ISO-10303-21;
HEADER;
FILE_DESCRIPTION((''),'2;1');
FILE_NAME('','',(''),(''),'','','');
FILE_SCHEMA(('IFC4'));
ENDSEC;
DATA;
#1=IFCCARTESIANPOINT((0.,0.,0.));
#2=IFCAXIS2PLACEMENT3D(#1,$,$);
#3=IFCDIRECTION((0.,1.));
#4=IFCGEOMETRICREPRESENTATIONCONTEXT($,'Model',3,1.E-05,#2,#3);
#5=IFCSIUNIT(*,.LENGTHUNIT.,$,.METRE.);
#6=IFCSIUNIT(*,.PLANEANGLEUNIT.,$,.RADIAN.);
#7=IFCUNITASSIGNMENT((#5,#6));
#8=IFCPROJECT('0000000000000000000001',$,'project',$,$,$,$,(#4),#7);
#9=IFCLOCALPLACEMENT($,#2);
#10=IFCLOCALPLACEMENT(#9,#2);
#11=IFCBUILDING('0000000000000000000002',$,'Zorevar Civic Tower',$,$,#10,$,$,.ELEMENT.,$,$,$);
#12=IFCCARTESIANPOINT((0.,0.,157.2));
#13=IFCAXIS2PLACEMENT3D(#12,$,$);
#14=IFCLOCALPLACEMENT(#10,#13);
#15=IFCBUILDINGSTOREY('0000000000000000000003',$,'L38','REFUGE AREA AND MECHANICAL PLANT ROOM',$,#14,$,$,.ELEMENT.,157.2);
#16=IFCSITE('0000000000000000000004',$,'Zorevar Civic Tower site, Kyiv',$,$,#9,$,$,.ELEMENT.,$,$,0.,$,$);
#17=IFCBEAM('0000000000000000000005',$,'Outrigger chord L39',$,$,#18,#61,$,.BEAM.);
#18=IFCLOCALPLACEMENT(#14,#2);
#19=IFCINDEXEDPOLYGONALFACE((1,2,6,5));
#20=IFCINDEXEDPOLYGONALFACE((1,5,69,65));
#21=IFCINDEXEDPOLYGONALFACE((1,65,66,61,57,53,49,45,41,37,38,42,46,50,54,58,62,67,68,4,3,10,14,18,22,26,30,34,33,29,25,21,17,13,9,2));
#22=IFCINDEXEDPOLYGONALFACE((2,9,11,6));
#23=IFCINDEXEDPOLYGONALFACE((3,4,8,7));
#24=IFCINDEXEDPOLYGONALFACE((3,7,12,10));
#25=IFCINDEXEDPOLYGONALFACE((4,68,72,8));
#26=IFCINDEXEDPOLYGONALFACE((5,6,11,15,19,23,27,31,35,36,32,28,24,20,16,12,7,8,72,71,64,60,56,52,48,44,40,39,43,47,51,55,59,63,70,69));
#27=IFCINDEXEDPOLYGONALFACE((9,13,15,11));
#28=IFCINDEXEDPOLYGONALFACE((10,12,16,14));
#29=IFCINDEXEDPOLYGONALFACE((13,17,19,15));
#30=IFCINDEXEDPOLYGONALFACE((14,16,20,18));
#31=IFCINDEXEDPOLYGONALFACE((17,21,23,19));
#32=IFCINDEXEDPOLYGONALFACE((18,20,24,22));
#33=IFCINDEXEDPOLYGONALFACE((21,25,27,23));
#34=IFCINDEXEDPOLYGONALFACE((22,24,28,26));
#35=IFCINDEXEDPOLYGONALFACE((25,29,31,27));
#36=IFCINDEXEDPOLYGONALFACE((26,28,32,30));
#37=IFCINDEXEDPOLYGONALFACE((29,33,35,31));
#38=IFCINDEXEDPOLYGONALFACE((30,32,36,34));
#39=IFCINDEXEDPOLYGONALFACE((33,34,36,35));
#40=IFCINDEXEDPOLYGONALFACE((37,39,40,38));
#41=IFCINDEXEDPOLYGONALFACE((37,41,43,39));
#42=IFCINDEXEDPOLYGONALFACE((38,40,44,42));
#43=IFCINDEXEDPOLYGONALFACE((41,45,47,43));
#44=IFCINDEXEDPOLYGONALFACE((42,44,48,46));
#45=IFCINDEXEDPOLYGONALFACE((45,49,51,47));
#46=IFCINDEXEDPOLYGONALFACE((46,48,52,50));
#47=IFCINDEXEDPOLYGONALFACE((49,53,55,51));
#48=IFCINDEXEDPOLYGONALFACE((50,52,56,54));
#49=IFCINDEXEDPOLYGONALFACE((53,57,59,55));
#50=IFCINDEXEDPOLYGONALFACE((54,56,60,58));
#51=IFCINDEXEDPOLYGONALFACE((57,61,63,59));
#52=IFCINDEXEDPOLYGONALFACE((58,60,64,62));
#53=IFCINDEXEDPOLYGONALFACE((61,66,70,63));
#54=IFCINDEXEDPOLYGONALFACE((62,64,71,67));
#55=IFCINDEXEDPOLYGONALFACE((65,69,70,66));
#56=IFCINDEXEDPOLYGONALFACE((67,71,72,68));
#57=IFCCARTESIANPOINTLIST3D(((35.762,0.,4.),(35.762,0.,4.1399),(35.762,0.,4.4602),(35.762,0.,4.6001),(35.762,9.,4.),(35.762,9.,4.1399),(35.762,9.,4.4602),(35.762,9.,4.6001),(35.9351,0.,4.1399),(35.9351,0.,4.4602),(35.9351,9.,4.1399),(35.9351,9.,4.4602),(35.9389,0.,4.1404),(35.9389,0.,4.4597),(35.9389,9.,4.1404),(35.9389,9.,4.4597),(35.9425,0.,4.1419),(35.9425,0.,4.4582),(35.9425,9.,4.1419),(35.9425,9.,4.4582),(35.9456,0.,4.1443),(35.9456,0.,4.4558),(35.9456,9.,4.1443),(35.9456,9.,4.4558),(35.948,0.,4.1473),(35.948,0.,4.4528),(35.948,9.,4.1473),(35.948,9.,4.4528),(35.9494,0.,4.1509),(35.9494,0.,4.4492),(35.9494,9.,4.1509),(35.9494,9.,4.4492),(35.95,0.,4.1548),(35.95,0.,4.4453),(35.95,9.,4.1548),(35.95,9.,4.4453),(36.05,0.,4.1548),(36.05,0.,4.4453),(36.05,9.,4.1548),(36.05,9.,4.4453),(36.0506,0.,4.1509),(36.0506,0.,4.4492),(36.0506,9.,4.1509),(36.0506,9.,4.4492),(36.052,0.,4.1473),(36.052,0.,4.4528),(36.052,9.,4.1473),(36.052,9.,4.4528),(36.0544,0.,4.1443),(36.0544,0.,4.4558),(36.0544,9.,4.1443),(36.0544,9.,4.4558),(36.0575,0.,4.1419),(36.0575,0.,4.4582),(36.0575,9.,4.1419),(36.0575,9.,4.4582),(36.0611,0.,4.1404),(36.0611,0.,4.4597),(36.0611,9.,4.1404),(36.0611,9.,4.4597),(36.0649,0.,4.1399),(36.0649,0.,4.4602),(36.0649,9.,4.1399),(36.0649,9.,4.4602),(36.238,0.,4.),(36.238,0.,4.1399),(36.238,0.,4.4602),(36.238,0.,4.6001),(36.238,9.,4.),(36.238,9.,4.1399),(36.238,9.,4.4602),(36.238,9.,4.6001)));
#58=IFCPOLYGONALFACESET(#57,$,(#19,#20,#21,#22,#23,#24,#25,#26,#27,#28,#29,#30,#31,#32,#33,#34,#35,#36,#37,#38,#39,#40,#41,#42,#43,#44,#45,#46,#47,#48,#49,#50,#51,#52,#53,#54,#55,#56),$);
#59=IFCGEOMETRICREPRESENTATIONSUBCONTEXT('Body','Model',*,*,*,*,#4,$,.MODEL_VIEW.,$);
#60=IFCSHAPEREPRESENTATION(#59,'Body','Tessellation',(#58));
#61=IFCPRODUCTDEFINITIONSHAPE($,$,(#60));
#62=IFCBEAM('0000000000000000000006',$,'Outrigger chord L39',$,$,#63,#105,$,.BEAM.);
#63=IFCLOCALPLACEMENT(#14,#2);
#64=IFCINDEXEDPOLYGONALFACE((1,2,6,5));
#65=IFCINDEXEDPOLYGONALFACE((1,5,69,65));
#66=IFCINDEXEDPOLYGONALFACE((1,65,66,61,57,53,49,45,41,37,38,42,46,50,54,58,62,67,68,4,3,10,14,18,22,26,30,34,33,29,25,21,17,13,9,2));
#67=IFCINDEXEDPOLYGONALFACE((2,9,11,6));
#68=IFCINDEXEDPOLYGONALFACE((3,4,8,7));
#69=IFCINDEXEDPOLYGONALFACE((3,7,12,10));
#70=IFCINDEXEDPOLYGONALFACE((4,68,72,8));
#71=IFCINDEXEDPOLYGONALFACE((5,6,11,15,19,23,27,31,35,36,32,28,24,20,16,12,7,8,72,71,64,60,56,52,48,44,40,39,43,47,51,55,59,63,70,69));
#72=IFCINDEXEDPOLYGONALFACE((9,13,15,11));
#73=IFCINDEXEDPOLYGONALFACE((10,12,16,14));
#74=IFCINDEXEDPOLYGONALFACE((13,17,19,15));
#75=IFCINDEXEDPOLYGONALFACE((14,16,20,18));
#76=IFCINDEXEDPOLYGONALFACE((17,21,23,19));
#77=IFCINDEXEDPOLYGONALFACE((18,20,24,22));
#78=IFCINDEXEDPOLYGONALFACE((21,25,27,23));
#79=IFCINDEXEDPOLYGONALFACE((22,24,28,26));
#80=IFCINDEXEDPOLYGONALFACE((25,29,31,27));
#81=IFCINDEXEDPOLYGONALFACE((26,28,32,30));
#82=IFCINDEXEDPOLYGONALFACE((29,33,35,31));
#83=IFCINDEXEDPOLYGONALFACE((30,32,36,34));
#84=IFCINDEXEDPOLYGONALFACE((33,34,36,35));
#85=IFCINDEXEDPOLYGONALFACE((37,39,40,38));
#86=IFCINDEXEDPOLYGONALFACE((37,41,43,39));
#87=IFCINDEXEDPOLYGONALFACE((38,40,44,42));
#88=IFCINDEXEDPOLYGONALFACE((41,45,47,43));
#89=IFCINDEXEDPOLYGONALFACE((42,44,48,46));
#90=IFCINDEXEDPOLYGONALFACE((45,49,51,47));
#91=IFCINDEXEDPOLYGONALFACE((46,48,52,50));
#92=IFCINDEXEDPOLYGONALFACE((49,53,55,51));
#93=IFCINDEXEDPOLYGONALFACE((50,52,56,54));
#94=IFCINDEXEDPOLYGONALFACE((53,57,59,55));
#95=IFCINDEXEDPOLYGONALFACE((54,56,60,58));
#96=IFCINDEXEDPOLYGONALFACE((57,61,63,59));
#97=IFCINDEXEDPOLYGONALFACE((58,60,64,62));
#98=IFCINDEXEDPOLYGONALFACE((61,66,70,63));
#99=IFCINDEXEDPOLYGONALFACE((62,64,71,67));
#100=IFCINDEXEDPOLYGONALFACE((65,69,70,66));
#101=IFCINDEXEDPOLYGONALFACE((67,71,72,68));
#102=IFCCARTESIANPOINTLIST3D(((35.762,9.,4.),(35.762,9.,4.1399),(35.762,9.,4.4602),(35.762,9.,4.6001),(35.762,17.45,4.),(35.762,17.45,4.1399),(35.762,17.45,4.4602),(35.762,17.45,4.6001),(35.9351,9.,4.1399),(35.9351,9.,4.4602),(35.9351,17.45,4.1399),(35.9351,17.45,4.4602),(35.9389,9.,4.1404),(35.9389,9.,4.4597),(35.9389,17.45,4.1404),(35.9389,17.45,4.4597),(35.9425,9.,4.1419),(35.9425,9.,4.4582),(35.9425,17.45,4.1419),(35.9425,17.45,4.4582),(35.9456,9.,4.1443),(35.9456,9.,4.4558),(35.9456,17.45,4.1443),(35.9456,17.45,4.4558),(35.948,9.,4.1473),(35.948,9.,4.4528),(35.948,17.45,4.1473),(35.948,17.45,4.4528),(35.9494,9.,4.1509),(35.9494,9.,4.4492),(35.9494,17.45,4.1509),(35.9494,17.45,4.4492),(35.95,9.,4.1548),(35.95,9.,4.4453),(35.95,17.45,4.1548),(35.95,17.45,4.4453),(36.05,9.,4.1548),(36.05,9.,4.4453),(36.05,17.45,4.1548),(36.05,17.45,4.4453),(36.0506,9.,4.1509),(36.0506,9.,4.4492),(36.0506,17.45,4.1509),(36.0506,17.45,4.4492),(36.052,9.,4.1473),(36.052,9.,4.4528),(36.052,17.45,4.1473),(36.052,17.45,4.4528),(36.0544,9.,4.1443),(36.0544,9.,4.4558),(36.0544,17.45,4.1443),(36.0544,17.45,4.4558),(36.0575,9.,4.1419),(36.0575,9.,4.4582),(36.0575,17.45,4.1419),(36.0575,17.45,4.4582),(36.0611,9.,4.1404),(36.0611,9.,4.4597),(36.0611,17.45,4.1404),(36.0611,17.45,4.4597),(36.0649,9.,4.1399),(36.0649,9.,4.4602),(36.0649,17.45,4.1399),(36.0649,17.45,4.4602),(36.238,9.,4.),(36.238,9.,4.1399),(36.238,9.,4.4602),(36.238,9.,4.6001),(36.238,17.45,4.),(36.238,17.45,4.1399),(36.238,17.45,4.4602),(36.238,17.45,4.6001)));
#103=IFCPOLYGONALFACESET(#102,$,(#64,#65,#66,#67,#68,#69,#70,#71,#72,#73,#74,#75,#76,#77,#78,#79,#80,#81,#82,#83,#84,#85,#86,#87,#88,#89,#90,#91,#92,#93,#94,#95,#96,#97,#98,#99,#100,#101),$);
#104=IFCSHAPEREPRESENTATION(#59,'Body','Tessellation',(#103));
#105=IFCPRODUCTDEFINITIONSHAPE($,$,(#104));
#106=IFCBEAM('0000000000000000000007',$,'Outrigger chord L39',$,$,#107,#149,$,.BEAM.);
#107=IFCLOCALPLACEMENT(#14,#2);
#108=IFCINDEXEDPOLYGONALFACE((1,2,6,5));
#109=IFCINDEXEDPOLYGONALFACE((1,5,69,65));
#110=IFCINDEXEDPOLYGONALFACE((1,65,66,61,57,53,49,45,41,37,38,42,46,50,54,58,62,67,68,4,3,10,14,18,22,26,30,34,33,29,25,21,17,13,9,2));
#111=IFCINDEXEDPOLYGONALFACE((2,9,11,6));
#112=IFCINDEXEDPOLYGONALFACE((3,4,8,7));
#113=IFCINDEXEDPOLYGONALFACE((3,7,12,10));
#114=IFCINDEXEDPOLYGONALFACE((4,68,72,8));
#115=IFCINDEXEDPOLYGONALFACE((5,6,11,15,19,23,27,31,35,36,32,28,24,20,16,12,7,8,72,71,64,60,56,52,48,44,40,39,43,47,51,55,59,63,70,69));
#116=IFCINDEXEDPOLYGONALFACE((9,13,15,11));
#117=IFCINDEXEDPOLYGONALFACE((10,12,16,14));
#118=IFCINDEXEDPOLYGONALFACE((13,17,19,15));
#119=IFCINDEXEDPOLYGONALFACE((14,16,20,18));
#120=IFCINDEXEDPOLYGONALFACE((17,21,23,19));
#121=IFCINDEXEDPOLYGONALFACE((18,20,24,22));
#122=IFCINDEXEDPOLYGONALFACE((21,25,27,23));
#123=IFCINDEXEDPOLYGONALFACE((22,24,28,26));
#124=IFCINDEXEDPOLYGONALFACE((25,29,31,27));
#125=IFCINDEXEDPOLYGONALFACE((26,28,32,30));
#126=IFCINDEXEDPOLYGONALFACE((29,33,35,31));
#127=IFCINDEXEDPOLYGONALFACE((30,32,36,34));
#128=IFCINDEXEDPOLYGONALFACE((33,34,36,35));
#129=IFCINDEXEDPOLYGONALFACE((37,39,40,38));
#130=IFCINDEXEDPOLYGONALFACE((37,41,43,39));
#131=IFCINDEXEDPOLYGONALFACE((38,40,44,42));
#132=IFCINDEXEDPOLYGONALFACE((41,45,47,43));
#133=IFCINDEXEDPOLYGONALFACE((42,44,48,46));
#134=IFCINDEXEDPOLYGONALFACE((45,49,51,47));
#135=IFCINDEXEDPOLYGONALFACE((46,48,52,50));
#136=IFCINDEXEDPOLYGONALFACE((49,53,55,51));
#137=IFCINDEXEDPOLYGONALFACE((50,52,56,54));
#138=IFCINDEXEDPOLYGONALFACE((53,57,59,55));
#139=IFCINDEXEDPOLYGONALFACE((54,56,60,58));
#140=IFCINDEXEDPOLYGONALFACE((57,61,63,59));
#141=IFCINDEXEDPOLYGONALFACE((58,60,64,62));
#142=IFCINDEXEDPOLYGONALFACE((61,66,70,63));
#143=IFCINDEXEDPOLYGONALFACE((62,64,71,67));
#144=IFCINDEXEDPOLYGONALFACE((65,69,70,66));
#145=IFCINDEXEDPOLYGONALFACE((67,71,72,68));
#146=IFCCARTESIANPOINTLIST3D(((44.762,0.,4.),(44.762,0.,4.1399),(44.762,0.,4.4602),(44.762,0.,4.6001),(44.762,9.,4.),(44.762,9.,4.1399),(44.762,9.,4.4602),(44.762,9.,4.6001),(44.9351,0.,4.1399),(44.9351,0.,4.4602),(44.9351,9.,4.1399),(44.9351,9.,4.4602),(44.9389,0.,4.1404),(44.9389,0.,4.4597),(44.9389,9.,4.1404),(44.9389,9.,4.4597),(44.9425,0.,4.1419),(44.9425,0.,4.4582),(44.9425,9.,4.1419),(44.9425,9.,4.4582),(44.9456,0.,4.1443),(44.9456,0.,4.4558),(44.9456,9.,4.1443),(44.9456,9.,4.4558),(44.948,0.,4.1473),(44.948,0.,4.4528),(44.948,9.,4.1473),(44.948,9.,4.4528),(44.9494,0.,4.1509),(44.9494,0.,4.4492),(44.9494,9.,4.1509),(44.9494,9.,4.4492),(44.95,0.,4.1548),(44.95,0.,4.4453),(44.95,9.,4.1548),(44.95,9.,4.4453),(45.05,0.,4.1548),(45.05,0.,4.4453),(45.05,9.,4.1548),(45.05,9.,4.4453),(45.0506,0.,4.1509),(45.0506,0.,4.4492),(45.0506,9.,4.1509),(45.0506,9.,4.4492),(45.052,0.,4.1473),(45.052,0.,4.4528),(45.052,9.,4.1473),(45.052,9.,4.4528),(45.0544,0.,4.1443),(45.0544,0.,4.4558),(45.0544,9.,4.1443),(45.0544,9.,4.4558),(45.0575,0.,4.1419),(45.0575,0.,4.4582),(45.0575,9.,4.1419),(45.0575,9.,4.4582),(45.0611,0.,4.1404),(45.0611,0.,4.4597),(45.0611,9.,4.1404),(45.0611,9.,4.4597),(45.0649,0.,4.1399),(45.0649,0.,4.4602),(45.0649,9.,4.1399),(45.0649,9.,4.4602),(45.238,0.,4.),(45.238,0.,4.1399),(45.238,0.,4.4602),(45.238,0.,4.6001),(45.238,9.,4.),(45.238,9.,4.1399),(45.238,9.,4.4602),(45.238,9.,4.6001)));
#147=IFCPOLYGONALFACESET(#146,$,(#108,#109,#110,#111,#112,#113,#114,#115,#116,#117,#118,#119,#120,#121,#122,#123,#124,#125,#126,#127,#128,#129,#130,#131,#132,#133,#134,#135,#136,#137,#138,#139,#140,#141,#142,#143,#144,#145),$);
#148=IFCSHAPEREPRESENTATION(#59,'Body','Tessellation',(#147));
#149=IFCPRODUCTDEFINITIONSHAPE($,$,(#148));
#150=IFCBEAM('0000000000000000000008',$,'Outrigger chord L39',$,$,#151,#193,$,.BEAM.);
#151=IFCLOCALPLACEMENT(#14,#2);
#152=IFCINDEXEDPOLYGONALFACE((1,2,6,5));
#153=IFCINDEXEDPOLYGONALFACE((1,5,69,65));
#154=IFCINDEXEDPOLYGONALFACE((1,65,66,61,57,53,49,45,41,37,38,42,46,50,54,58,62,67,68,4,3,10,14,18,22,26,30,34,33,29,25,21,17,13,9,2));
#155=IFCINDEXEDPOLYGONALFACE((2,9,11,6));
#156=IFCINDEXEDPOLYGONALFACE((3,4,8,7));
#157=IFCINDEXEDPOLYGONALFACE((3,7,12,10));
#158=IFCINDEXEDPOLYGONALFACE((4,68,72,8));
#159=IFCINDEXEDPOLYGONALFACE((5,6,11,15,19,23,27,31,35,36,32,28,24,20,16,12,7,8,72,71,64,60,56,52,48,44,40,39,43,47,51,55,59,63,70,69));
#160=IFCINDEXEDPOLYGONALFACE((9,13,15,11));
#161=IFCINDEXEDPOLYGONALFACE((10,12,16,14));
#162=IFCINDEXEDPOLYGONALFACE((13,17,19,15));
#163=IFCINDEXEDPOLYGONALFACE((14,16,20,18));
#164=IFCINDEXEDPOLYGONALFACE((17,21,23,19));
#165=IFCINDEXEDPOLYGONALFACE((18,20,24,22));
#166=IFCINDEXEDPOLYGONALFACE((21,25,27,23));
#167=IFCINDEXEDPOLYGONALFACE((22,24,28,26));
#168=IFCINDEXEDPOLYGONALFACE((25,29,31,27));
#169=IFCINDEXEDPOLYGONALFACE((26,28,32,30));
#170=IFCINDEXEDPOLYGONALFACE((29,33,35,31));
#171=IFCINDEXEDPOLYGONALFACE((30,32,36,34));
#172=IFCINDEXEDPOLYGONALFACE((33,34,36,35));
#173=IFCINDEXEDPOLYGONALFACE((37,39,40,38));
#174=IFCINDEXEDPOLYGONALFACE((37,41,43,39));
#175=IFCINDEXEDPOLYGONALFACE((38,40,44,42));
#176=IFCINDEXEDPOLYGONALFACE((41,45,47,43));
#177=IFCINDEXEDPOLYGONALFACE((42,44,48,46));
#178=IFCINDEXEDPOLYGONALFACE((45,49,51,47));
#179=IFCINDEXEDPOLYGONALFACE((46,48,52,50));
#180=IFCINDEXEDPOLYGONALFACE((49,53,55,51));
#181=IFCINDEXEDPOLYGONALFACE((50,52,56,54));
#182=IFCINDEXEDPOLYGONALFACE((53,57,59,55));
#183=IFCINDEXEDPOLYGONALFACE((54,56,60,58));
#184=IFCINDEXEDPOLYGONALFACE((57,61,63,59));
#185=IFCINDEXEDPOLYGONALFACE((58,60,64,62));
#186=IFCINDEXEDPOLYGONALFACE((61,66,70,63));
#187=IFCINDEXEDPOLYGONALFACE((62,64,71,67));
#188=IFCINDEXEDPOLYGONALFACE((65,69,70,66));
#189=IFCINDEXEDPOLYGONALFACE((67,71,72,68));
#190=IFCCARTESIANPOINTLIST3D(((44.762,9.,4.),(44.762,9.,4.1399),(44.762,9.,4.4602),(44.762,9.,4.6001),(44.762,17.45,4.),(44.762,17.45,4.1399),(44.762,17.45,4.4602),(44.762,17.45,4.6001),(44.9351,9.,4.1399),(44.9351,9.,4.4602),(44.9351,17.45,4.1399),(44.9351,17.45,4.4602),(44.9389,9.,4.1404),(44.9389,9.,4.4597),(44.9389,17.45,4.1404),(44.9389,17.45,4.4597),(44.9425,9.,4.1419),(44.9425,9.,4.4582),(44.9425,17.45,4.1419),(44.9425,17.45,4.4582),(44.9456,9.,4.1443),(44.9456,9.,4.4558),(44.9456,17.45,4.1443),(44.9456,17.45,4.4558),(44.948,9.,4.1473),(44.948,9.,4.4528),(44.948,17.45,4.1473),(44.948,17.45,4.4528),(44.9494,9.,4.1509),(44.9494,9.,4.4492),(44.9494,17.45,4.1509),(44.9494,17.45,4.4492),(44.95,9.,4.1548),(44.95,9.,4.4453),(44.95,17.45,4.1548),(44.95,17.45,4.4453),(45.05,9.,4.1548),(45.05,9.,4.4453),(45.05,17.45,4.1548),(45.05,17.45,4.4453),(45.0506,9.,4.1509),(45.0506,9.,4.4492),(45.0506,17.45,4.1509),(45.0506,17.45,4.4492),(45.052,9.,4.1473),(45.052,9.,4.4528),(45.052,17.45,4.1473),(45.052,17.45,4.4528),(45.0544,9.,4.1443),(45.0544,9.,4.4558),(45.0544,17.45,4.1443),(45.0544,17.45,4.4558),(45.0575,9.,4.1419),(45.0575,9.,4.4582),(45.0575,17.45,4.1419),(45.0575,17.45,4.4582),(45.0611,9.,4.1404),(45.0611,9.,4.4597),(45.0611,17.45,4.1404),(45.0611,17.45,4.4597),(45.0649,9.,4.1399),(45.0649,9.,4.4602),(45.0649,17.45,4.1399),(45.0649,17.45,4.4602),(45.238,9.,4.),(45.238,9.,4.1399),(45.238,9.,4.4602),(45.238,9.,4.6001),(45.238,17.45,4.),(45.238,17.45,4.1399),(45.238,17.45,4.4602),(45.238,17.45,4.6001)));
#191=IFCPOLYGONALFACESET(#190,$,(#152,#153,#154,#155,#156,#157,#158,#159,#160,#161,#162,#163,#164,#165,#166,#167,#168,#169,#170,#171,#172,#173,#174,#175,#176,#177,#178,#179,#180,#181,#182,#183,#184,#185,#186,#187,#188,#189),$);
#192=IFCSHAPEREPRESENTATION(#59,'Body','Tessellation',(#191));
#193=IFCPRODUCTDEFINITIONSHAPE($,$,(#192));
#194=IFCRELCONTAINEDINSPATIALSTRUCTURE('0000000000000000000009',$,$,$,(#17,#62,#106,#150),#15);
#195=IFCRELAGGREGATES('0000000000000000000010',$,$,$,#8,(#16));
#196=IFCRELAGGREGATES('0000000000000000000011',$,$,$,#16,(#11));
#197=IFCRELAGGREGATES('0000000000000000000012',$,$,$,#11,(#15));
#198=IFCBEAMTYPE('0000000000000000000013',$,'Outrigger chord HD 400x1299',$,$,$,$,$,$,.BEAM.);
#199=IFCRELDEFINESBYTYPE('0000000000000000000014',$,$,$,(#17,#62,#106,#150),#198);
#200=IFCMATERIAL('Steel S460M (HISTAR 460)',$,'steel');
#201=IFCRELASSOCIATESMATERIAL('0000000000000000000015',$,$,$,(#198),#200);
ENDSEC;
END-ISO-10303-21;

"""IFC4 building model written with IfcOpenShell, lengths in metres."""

from ifc_helpers import new_model, si_unit, direction, frame, origin, origin_2d, place, context, subcontext, project, spatial, i_section, extrude, material, material_profile, profile_set, type_object, element, save


model = new_model("IFC4")

# Units and contexts
model_context = context("Model", 3, precision=1e-05, world=origin(), true_north=direction((0.0, 1.0)))
body_context = subcontext(model_context, "Body", "Model", "MODEL_VIEW")
ifc_project = project(units=[si_unit("LENGTHUNIT", "METRE"), si_unit("PLANEANGLEUNIT", "RADIAN")], contexts=[model_context])

# Site, building, storey
site_placement = place(None, origin())
site = spatial("IfcSite", under=ifc_project, at=site_placement, Name="Zorevar Civic Tower site, Kyiv", CompositionType="ELEMENT", RefElevation=0.0)
building_placement = place(site_placement, origin())
building = spatial("IfcBuilding", under=site, at=building_placement, Name="Zorevar Civic Tower", CompositionType="ELEMENT")
storey_placement = place(building_placement, frame((0.0, 0.0, 157.2)))
storey = spatial("IfcBuildingStorey", under=building, at=storey_placement, Name="L38", Description="REFUGE AREA AND MECHANICAL PLANT ROOM", CompositionType="ELEMENT", Elevation=157.2)

# Beams
ifc_material_1 = material(Name="Steel S460M (HISTAR 460)", Category="steel")
ifc_material_profile_1 = material_profile(ifc_material_1, i_section(OverallWidth=0.4761, OverallDepth=0.6001, WebThickness=0.1001, FlangeThickness=0.1399, FilletRadius=0.0149, at=origin_2d()), Name="HD 400x1299")
ifc_profile_set_1 = profile_set([ifc_material_profile_1], Name="Steel S460M (HISTAR 460)")
beam_type_1 = type_object("IfcBeamType", Name="Outrigger chord HD 400x1299", PredefinedType="BEAM", material=ifc_profile_set_1)
beam_1_placement = place(storey_placement, frame((36.0, 0.0, 4.3), z_axis=(0.0, 1.0, 0.0), x_axis=(-1.0, 0.0, 0.0)))
element("IfcBeam", 1, at=beam_1_placement, inside=storey, type_object=beam_type_1, Name="Outrigger chord L39", PredefinedType="BEAM", context=body_context, shape_type="SweptSolid", body=[
    extrude(i_section(OverallWidth=0.4761, OverallDepth=0.6001, WebThickness=0.1001, FlangeThickness=0.1399, FilletRadius=0.0149, at=origin_2d()), origin(), (0.0, 0.0, 1.0), 9.0),
])
beam_2_placement = place(storey_placement, frame((36.0, 9.0, 4.3), z_axis=(0.0, 1.0, 0.0), x_axis=(-1.0, 0.0, 0.0)))
element("IfcBeam", 2, at=beam_2_placement, inside=storey, type_object=beam_type_1, Name="Outrigger chord L39", PredefinedType="BEAM", context=body_context, shape_type="SweptSolid", body=[
    extrude(i_section(OverallWidth=0.4761, OverallDepth=0.6001, WebThickness=0.1001, FlangeThickness=0.1399, FilletRadius=0.0149, at=origin_2d()), origin(), (0.0, 0.0, 1.0), 8.45),
])
beam_3_placement = place(storey_placement, frame((45.0, 0.0, 4.3), z_axis=(0.0, 1.0, 0.0), x_axis=(-1.0, 0.0, 0.0)))
element("IfcBeam", 3, at=beam_3_placement, inside=storey, type_object=beam_type_1, Name="Outrigger chord L39", PredefinedType="BEAM", context=body_context, shape_type="SweptSolid", body=[
    extrude(i_section(OverallWidth=0.4761, OverallDepth=0.6001, WebThickness=0.1001, FlangeThickness=0.1399, FilletRadius=0.0149, at=origin_2d()), origin(), (0.0, 0.0, 1.0), 9.0),
])
beam_4_placement = place(storey_placement, frame((45.0, 9.0, 4.3), z_axis=(0.0, 1.0, 0.0), x_axis=(-1.0, 0.0, 0.0)))
element("IfcBeam", 4, at=beam_4_placement, inside=storey, type_object=beam_type_1, Name="Outrigger chord L39", PredefinedType="BEAM", context=body_context, shape_type="SweptSolid", body=[
    extrude(i_section(OverallWidth=0.4761, OverallDepth=0.6001, WebThickness=0.1001, FlangeThickness=0.1399, FilletRadius=0.0149, at=origin_2d()), origin(), (0.0, 0.0, 1.0), 8.45),
])

save(model, "model.ifc")
